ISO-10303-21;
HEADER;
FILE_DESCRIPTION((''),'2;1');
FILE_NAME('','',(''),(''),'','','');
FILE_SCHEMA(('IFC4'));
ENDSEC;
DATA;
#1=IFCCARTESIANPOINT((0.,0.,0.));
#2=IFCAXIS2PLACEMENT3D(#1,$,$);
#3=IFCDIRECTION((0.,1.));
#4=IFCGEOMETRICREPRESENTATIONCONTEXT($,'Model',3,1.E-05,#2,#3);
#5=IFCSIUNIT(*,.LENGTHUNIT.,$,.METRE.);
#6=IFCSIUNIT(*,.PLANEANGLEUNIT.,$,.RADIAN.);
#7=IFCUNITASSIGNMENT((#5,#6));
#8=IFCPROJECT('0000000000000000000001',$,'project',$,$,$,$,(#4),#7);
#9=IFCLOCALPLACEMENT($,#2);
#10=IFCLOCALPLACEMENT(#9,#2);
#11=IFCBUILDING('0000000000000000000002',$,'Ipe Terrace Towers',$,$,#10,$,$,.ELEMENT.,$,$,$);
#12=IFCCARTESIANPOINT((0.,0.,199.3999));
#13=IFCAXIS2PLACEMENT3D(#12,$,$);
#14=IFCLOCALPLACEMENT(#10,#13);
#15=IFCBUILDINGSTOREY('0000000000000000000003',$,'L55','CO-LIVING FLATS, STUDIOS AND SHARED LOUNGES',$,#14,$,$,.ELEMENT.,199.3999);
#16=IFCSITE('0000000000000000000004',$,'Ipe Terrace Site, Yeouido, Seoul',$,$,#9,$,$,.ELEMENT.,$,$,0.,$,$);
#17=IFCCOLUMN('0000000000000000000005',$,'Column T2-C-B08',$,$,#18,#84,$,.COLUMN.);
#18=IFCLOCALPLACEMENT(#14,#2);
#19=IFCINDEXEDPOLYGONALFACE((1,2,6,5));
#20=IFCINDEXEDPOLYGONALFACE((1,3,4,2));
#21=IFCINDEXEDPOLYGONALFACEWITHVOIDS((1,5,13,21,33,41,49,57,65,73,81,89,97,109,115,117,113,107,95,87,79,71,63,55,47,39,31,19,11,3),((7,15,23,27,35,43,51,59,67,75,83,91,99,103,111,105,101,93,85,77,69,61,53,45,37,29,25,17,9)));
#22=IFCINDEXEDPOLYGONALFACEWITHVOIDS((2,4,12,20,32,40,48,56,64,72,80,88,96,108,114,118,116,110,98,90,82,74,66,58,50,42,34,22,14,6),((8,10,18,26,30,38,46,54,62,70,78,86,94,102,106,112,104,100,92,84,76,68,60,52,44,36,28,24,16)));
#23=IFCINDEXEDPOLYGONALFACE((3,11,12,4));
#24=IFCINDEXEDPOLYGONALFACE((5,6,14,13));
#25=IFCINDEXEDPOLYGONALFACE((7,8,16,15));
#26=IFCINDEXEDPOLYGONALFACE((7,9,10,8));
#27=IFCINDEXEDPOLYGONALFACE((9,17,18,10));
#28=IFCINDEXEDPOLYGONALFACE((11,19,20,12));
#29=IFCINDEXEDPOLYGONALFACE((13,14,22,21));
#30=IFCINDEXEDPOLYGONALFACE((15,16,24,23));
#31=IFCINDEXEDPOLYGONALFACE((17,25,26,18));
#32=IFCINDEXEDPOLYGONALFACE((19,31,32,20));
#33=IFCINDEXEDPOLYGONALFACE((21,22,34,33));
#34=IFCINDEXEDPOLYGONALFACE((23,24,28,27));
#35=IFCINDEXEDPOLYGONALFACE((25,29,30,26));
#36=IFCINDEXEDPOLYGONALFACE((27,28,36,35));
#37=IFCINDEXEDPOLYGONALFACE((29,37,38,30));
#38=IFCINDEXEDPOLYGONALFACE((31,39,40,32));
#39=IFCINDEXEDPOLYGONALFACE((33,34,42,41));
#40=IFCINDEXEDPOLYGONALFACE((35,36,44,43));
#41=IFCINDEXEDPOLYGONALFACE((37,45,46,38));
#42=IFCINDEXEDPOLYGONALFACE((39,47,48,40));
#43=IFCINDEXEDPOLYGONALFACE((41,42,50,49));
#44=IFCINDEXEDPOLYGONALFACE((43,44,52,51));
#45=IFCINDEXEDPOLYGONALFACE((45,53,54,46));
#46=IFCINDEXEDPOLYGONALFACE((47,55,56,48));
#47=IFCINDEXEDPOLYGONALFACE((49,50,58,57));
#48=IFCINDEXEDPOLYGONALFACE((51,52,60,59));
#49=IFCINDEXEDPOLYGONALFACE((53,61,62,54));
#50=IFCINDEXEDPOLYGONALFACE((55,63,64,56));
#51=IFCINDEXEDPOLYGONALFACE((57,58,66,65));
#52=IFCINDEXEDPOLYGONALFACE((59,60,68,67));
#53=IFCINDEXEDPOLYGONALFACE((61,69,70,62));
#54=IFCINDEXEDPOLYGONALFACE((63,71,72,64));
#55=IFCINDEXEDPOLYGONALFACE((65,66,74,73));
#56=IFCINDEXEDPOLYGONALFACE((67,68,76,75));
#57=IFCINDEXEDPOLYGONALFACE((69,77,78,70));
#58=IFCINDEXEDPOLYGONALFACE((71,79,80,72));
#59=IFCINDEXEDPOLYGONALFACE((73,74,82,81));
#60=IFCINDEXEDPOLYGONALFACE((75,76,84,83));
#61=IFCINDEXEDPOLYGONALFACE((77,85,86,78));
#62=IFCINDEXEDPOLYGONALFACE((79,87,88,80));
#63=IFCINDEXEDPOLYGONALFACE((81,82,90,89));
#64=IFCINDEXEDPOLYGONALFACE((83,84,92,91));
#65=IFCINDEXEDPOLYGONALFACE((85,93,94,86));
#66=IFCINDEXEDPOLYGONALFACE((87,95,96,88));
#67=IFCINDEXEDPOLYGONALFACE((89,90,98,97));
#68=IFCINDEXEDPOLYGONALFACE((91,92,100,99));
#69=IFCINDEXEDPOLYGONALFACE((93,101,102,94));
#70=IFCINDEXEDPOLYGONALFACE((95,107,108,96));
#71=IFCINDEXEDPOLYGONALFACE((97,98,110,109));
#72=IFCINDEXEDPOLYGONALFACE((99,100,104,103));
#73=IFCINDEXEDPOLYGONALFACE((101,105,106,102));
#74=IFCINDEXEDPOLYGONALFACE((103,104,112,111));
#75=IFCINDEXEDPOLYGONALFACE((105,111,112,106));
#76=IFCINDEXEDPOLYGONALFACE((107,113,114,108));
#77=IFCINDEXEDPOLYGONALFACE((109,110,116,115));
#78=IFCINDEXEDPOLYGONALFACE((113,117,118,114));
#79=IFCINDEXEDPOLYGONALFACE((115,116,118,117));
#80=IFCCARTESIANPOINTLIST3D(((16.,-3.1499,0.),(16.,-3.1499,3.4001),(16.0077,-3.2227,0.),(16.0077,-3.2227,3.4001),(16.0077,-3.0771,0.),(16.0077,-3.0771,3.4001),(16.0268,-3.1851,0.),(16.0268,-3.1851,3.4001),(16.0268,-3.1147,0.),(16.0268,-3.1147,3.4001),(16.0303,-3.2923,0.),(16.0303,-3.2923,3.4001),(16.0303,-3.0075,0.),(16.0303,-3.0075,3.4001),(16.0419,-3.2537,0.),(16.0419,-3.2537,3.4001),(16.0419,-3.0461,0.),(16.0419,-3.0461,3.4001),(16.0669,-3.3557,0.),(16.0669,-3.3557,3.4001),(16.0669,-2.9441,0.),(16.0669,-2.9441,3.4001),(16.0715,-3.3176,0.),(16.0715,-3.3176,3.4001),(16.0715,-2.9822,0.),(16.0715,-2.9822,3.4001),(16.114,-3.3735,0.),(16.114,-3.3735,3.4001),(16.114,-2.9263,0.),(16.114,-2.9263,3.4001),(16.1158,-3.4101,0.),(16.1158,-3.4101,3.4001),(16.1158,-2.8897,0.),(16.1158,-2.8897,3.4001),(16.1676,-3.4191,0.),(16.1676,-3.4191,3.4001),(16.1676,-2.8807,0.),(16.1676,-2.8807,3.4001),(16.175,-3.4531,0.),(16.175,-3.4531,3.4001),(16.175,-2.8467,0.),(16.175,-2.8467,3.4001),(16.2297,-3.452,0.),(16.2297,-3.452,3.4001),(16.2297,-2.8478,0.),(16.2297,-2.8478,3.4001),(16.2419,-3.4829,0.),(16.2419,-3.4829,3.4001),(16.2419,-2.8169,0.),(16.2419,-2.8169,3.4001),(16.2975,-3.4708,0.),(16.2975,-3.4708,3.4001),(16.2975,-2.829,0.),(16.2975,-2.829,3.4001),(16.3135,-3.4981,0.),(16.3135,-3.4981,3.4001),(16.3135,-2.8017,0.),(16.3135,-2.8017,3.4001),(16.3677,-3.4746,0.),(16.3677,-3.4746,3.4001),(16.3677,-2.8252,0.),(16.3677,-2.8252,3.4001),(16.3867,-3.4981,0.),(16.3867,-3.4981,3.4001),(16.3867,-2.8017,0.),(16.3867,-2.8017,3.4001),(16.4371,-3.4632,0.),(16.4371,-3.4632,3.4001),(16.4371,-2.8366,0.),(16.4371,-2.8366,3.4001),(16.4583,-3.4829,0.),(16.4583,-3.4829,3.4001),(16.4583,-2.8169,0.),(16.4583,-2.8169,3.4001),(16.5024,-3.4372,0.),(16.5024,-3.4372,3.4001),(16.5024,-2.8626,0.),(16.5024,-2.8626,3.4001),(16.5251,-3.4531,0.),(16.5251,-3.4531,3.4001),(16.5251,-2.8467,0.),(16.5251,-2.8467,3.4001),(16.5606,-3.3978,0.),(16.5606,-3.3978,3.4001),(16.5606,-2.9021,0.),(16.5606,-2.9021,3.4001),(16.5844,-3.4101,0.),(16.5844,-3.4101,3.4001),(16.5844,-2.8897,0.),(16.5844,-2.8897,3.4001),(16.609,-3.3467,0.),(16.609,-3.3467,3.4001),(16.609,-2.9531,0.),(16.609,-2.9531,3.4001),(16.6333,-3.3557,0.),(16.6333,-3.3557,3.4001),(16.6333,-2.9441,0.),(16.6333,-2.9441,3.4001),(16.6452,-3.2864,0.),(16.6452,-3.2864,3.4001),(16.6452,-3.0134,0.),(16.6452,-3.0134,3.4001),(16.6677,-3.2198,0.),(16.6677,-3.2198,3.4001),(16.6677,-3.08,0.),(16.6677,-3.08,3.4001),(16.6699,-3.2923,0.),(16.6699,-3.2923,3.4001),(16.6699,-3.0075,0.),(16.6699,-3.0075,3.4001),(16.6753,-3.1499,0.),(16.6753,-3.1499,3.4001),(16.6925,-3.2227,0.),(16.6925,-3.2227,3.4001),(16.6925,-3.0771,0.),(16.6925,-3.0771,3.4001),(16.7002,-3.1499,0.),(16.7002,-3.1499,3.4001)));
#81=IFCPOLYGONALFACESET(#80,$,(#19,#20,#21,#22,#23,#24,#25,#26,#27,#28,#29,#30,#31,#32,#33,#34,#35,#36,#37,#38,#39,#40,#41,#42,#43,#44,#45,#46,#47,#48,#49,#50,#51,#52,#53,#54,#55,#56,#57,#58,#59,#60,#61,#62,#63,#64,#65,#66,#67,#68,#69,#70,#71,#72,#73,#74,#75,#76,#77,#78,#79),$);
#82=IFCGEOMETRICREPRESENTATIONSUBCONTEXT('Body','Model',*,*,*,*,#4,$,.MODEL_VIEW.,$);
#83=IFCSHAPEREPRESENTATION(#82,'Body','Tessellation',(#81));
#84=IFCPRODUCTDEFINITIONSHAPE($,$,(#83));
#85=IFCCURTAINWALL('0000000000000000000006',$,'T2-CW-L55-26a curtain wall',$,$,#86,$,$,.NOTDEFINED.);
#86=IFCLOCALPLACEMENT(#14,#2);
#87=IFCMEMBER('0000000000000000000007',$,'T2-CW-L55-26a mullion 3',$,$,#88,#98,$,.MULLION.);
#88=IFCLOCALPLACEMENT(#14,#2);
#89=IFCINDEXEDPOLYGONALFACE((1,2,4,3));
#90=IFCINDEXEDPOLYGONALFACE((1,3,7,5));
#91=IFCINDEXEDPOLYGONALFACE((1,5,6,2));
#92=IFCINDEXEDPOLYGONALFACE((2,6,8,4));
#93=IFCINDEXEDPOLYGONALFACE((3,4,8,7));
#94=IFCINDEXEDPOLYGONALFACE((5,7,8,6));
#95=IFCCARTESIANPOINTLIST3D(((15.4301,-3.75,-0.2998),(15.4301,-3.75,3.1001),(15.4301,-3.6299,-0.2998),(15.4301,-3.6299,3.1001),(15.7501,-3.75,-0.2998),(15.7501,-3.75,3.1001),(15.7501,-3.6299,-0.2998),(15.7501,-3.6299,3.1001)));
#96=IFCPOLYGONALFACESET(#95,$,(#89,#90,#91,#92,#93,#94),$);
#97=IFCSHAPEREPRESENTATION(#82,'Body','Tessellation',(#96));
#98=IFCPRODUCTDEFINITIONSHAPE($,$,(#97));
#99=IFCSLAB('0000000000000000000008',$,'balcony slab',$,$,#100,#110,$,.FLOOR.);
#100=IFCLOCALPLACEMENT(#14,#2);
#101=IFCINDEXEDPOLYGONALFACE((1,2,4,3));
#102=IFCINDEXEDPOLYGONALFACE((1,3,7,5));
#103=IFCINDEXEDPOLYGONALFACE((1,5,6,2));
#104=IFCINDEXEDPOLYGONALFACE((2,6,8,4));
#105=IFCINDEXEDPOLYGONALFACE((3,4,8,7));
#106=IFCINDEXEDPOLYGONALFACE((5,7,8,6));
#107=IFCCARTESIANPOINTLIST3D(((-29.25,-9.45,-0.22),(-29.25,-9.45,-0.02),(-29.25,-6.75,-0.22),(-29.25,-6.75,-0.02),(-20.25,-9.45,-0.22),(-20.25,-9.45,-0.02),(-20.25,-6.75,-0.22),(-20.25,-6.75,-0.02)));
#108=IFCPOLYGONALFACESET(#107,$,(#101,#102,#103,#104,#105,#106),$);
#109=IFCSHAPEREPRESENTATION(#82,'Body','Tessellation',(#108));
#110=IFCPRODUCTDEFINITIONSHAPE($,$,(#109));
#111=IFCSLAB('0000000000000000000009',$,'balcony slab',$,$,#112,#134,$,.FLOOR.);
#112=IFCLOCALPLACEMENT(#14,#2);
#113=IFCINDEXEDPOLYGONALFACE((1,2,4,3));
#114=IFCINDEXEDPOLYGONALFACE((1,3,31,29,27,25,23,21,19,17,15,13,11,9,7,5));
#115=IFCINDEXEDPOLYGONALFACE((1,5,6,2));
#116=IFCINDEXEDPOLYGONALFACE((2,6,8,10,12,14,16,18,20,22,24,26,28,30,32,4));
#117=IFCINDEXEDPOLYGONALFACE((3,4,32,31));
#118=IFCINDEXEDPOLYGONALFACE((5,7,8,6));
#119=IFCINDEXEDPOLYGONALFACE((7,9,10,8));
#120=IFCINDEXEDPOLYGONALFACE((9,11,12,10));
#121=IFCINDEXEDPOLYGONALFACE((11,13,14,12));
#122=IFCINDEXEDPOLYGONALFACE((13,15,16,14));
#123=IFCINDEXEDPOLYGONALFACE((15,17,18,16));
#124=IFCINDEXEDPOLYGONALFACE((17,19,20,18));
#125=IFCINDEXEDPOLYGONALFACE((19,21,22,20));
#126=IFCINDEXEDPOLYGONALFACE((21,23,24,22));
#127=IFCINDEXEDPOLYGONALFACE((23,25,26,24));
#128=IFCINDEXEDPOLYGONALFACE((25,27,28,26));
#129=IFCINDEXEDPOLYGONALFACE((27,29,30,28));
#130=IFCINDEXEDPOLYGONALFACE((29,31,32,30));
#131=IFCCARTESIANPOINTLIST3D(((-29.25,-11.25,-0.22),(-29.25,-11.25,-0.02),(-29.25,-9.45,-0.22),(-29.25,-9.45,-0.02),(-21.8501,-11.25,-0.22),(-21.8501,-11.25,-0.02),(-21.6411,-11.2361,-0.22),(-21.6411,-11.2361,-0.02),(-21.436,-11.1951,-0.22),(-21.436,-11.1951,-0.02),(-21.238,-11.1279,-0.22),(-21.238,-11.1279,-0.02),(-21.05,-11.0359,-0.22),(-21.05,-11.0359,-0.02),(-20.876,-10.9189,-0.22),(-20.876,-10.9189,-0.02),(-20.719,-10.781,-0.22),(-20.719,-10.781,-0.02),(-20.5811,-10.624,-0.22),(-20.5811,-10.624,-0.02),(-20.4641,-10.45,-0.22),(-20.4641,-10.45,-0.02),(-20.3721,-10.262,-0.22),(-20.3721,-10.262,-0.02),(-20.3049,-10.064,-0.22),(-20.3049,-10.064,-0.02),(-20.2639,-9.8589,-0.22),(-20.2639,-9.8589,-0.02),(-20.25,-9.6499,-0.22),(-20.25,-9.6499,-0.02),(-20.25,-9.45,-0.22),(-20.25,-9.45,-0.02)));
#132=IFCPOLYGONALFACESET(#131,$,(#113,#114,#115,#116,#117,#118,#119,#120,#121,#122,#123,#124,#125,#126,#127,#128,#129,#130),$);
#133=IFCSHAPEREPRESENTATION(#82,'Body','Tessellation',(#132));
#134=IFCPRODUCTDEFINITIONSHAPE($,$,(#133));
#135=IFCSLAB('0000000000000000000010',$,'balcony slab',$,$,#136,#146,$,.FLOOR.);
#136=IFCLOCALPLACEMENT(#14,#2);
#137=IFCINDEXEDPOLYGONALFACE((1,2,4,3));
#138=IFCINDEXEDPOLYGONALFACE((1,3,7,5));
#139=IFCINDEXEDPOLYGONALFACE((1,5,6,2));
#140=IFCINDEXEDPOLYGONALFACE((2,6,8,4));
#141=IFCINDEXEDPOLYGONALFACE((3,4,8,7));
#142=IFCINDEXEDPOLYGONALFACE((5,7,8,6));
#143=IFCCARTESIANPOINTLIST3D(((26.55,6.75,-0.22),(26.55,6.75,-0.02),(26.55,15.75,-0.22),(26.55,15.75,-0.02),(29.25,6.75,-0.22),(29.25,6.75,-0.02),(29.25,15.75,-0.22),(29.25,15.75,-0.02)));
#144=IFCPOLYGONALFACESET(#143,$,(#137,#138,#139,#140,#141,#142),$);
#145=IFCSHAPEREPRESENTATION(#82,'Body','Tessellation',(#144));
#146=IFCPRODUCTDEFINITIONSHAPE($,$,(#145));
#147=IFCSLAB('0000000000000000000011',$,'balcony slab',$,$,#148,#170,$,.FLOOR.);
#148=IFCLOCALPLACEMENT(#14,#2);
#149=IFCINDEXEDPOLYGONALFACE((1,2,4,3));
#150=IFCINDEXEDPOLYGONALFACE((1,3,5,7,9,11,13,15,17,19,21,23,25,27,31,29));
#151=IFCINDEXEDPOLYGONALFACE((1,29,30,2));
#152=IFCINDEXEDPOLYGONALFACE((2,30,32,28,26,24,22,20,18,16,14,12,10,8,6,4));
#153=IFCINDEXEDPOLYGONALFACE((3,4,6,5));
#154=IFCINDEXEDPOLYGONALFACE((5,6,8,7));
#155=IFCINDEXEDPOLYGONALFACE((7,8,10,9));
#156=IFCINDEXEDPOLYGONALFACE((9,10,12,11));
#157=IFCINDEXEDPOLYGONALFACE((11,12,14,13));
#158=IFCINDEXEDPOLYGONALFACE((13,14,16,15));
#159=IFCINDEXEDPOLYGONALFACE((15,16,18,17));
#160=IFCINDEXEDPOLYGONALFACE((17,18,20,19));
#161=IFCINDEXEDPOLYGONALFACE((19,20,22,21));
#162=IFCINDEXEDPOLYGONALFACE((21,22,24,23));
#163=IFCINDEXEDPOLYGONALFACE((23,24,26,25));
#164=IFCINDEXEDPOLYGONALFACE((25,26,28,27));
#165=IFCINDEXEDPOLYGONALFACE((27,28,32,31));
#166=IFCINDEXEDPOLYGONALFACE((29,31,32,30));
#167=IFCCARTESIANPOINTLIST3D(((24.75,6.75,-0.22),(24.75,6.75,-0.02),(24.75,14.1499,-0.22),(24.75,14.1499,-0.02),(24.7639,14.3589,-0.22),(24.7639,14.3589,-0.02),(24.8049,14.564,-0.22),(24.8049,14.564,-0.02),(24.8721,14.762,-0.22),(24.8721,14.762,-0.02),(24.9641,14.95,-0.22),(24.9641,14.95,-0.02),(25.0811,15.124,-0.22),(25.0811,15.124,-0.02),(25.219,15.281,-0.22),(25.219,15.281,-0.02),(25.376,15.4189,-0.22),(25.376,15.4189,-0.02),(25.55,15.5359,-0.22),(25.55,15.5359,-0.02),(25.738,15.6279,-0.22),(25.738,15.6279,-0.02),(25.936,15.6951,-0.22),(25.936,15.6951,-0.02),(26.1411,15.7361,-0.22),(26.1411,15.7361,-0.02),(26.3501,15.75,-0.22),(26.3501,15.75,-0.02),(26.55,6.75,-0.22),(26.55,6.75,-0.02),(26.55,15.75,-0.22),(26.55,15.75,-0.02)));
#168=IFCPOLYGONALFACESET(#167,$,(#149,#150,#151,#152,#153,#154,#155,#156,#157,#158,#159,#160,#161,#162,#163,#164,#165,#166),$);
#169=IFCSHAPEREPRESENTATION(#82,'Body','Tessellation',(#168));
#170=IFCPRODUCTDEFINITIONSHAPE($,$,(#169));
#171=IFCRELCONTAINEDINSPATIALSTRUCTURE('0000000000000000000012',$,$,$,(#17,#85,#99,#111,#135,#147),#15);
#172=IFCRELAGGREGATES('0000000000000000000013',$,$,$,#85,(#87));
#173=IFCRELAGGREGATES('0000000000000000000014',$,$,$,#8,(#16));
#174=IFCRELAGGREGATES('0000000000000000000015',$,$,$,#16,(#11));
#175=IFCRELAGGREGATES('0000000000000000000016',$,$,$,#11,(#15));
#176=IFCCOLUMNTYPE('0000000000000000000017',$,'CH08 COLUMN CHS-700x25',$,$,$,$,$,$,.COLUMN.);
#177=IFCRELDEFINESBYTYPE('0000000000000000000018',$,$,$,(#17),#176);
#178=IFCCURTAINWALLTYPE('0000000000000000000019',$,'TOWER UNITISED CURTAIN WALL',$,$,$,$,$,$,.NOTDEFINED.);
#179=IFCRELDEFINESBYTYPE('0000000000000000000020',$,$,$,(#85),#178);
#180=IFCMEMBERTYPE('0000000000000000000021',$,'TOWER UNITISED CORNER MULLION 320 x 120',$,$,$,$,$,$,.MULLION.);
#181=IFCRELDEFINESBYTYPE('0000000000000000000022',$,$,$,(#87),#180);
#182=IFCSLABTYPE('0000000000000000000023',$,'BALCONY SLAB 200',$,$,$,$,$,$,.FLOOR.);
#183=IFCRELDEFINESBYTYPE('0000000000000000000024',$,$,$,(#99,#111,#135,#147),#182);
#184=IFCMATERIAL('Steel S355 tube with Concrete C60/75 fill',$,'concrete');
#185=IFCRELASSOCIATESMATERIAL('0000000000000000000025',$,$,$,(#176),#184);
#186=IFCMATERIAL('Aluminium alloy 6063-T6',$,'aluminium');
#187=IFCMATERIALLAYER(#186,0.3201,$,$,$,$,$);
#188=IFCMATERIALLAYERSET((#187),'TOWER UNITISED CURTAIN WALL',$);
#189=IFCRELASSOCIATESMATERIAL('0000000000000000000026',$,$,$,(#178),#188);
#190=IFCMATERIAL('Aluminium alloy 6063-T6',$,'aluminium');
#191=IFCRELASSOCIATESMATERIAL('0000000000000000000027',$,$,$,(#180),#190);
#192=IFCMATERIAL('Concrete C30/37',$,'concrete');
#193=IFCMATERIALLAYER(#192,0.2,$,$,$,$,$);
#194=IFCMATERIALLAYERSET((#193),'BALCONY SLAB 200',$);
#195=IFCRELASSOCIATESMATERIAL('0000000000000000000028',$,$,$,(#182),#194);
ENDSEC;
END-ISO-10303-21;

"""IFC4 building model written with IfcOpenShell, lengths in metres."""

from ifc_helpers import new_model, si_unit, direction, frame, origin, origin_2d, place, context, subcontext, project, spatial, polyline, rectangle, hollow_circle, outline, extrude, material, layer, layer_set, material_profile, profile_set, type_object, element, aggregate, save


model = new_model("IFC4")

# Units and contexts
model_context = context("Model", 3, precision=1e-05, world=origin(), true_north=direction((0.0, 1.0)))
body_context = subcontext(model_context, "Body", "Model", "MODEL_VIEW")
ifc_project = project(units=[si_unit("LENGTHUNIT", "METRE"), si_unit("PLANEANGLEUNIT", "RADIAN")], contexts=[model_context])

# Site, building, storey
site_placement = place(None, origin())
site = spatial("IfcSite", under=ifc_project, at=site_placement, Name="Ipe Terrace Site, Yeouido, Seoul", CompositionType="ELEMENT", RefElevation=0.0)
building_placement = place(site_placement, origin())
building = spatial("IfcBuilding", under=site, at=building_placement, Name="Ipe Terrace Towers", CompositionType="ELEMENT")
storey_placement = place(building_placement, frame((0.0, 0.0, 199.3999)))
storey = spatial("IfcBuildingStorey", under=building, at=storey_placement, Name="L55", Description="CO-LIVING FLATS, STUDIOS AND SHARED LOUNGES", CompositionType="ELEMENT", Elevation=199.3999)

# Column
ifc_material_1 = material(Name="Steel S355 tube with Concrete C60/75 fill", Category="concrete")
ifc_material_profile_1 = material_profile(ifc_material_1, hollow_circle(Radius=0.3501, WallThickness=0.0249, at=origin_2d()), Name="CHS-700x25")
ifc_profile_set_1 = profile_set([ifc_material_profile_1], Name="Steel S355 tube with Concrete C60/75 fill")
column_type = type_object("IfcColumnType", Name="CH08 COLUMN CHS-700x25", PredefinedType="COLUMN", material=ifc_profile_set_1)
column_placement = place(storey_placement, frame((16.3501, -3.1499, 0.0), z_axis=(0.0, 0.0, 1.0), x_axis=(1.0, 0.0, 0.0)))
element("IfcColumn", 1, at=column_placement, inside=storey, type_object=column_type, Name="Column T2-C-B08", PredefinedType="COLUMN", context=body_context, shape_type="SweptSolid", body=[
    extrude(hollow_circle(Radius=0.3501, WallThickness=0.0249, at=origin_2d()), origin(), (0.0, 0.0, 1.0), 3.4001),
])

# Curtain wall, member
ifc_material_2 = material(Name="Aluminium alloy 6063-T6", Category="aluminium")
ifc_layer_1 = layer(ifc_material_2, 0.3201)
ifc_layer_set_1 = layer_set([ifc_layer_1], Name="TOWER UNITISED CURTAIN WALL")
curtain_wall_type = type_object("IfcCurtainWallType", Name="TOWER UNITISED CURTAIN WALL", PredefinedType="NOTDEFINED", material=ifc_layer_set_1)
curtain_wall_placement = place(storey_placement, origin())
curtain_wall = element("IfcCurtainWall", 2, at=curtain_wall_placement, inside=storey, type_object=curtain_wall_type, Name="T2-CW-L55-26a curtain wall", PredefinedType="NOTDEFINED")
ifc_material_3 = material(Name="Aluminium alloy 6063-T6", Category="aluminium")
ifc_material_profile_2 = material_profile(ifc_material_3, rectangle(XDim=0.3201, YDim=0.1201, at=origin_2d()), Name="TOWER UNITISED CORNER MULLION 320 x 120")
ifc_profile_set_2 = profile_set([ifc_material_profile_2], Name="Aluminium alloy 6063-T6")
member_type = type_object("IfcMemberType", Name="TOWER UNITISED CORNER MULLION 320 x 120", PredefinedType="MULLION", material=ifc_profile_set_2)
member_placement = place(storey_placement, frame((15.5901, -3.6899, -0.2998), z_axis=(0.0, 0.0, 1.0), x_axis=(-1.0, 0.0, 0.0)))
member = element("IfcMember", 3, at=member_placement, type_object=member_type, Name="T2-CW-L55-26a mullion 3", PredefinedType="MULLION", context=body_context, shape_type="SweptSolid", body=[
    extrude(rectangle(XDim=0.3201, YDim=0.1201, at=origin_2d()), origin(), (0.0, 0.0, 1.0), 3.3999),
])

# Slabs
ifc_material_4 = material(Name="Concrete C30/37", Category="concrete")
ifc_layer_2 = layer(ifc_material_4, 0.2)
ifc_layer_set_2 = layer_set([ifc_layer_2], Name="BALCONY SLAB 200")
slab_type_1 = type_object("IfcSlabType", Name="BALCONY SLAB 200", PredefinedType="FLOOR", material=ifc_layer_set_2)
slab_1_placement = place(storey_placement, frame((0.0, 0.0, -0.22)))
element("IfcSlab", 4, at=slab_1_placement, inside=storey, type_object=slab_type_1, Name="balcony slab", PredefinedType="FLOOR", context=body_context, shape_type="SweptSolid", body=[
    extrude(outline(polyline([(-20.25, -6.75), (-29.25, -6.75), (-29.25, -9.45), (-20.25, -9.45), (-20.25, -6.75)])), origin(), (0.0, 0.0, 1.0), 0.2),
])
slab_2_placement = place(storey_placement, frame((0.0, 0.0, -0.22)))
element("IfcSlab", 5, at=slab_2_placement, inside=storey, type_object=slab_type_1, Name="balcony slab", PredefinedType="FLOOR", context=body_context, shape_type="SweptSolid", body=[
    extrude(outline(polyline([(-29.25, -11.25), (-21.8501, -11.25), (-21.6411, -11.2361), (-21.436, -11.1951), (-21.238, -11.1279), (-21.05, -11.0359), (-20.876, -10.9189), (-20.719, -10.781), (-20.5811, -10.624), (-20.4641, -10.45), (-20.3721, -10.262), (-20.3049, -10.064), (-20.2639, -9.8589), (-20.25, -9.6499), (-20.25, -9.45), (-29.25, -9.45), (-29.25, -11.25)])), origin(), (0.0, 0.0, 1.0), 0.2),
])
slab_3_placement = place(storey_placement, frame((0.0, 0.0, -0.22)))
element("IfcSlab", 6, at=slab_3_placement, inside=storey, type_object=slab_type_1, Name="balcony slab", PredefinedType="FLOOR", context=body_context, shape_type="SweptSolid", body=[
    extrude(outline(polyline([(29.25, 15.75), (26.55, 15.75), (26.55, 6.75), (29.25, 6.75), (29.25, 15.75)])), origin(), (0.0, 0.0, 1.0), 0.2),
])
slab_4_placement = place(storey_placement, frame((0.0, 0.0, -0.22)))
element("IfcSlab", 7, at=slab_4_placement, inside=storey, type_object=slab_type_1, Name="balcony slab", PredefinedType="FLOOR", context=body_context, shape_type="SweptSolid", body=[
    extrude(outline(polyline([(24.75, 6.75), (26.55, 6.75), (26.55, 15.75), (26.3501, 15.75), (26.1411, 15.7361), (25.936, 15.6951), (25.738, 15.6279), (25.55, 15.5359), (25.376, 15.4189), (25.219, 15.281), (25.0811, 15.124), (24.9641, 14.95), (24.8721, 14.762), (24.8049, 14.564), (24.7639, 14.3589), (24.75, 14.1499), (24.75, 6.75)])), origin(), (0.0, 0.0, 1.0), 0.2),
])

aggregate(curtain_wall, [member])

save(model, "model.ifc")
